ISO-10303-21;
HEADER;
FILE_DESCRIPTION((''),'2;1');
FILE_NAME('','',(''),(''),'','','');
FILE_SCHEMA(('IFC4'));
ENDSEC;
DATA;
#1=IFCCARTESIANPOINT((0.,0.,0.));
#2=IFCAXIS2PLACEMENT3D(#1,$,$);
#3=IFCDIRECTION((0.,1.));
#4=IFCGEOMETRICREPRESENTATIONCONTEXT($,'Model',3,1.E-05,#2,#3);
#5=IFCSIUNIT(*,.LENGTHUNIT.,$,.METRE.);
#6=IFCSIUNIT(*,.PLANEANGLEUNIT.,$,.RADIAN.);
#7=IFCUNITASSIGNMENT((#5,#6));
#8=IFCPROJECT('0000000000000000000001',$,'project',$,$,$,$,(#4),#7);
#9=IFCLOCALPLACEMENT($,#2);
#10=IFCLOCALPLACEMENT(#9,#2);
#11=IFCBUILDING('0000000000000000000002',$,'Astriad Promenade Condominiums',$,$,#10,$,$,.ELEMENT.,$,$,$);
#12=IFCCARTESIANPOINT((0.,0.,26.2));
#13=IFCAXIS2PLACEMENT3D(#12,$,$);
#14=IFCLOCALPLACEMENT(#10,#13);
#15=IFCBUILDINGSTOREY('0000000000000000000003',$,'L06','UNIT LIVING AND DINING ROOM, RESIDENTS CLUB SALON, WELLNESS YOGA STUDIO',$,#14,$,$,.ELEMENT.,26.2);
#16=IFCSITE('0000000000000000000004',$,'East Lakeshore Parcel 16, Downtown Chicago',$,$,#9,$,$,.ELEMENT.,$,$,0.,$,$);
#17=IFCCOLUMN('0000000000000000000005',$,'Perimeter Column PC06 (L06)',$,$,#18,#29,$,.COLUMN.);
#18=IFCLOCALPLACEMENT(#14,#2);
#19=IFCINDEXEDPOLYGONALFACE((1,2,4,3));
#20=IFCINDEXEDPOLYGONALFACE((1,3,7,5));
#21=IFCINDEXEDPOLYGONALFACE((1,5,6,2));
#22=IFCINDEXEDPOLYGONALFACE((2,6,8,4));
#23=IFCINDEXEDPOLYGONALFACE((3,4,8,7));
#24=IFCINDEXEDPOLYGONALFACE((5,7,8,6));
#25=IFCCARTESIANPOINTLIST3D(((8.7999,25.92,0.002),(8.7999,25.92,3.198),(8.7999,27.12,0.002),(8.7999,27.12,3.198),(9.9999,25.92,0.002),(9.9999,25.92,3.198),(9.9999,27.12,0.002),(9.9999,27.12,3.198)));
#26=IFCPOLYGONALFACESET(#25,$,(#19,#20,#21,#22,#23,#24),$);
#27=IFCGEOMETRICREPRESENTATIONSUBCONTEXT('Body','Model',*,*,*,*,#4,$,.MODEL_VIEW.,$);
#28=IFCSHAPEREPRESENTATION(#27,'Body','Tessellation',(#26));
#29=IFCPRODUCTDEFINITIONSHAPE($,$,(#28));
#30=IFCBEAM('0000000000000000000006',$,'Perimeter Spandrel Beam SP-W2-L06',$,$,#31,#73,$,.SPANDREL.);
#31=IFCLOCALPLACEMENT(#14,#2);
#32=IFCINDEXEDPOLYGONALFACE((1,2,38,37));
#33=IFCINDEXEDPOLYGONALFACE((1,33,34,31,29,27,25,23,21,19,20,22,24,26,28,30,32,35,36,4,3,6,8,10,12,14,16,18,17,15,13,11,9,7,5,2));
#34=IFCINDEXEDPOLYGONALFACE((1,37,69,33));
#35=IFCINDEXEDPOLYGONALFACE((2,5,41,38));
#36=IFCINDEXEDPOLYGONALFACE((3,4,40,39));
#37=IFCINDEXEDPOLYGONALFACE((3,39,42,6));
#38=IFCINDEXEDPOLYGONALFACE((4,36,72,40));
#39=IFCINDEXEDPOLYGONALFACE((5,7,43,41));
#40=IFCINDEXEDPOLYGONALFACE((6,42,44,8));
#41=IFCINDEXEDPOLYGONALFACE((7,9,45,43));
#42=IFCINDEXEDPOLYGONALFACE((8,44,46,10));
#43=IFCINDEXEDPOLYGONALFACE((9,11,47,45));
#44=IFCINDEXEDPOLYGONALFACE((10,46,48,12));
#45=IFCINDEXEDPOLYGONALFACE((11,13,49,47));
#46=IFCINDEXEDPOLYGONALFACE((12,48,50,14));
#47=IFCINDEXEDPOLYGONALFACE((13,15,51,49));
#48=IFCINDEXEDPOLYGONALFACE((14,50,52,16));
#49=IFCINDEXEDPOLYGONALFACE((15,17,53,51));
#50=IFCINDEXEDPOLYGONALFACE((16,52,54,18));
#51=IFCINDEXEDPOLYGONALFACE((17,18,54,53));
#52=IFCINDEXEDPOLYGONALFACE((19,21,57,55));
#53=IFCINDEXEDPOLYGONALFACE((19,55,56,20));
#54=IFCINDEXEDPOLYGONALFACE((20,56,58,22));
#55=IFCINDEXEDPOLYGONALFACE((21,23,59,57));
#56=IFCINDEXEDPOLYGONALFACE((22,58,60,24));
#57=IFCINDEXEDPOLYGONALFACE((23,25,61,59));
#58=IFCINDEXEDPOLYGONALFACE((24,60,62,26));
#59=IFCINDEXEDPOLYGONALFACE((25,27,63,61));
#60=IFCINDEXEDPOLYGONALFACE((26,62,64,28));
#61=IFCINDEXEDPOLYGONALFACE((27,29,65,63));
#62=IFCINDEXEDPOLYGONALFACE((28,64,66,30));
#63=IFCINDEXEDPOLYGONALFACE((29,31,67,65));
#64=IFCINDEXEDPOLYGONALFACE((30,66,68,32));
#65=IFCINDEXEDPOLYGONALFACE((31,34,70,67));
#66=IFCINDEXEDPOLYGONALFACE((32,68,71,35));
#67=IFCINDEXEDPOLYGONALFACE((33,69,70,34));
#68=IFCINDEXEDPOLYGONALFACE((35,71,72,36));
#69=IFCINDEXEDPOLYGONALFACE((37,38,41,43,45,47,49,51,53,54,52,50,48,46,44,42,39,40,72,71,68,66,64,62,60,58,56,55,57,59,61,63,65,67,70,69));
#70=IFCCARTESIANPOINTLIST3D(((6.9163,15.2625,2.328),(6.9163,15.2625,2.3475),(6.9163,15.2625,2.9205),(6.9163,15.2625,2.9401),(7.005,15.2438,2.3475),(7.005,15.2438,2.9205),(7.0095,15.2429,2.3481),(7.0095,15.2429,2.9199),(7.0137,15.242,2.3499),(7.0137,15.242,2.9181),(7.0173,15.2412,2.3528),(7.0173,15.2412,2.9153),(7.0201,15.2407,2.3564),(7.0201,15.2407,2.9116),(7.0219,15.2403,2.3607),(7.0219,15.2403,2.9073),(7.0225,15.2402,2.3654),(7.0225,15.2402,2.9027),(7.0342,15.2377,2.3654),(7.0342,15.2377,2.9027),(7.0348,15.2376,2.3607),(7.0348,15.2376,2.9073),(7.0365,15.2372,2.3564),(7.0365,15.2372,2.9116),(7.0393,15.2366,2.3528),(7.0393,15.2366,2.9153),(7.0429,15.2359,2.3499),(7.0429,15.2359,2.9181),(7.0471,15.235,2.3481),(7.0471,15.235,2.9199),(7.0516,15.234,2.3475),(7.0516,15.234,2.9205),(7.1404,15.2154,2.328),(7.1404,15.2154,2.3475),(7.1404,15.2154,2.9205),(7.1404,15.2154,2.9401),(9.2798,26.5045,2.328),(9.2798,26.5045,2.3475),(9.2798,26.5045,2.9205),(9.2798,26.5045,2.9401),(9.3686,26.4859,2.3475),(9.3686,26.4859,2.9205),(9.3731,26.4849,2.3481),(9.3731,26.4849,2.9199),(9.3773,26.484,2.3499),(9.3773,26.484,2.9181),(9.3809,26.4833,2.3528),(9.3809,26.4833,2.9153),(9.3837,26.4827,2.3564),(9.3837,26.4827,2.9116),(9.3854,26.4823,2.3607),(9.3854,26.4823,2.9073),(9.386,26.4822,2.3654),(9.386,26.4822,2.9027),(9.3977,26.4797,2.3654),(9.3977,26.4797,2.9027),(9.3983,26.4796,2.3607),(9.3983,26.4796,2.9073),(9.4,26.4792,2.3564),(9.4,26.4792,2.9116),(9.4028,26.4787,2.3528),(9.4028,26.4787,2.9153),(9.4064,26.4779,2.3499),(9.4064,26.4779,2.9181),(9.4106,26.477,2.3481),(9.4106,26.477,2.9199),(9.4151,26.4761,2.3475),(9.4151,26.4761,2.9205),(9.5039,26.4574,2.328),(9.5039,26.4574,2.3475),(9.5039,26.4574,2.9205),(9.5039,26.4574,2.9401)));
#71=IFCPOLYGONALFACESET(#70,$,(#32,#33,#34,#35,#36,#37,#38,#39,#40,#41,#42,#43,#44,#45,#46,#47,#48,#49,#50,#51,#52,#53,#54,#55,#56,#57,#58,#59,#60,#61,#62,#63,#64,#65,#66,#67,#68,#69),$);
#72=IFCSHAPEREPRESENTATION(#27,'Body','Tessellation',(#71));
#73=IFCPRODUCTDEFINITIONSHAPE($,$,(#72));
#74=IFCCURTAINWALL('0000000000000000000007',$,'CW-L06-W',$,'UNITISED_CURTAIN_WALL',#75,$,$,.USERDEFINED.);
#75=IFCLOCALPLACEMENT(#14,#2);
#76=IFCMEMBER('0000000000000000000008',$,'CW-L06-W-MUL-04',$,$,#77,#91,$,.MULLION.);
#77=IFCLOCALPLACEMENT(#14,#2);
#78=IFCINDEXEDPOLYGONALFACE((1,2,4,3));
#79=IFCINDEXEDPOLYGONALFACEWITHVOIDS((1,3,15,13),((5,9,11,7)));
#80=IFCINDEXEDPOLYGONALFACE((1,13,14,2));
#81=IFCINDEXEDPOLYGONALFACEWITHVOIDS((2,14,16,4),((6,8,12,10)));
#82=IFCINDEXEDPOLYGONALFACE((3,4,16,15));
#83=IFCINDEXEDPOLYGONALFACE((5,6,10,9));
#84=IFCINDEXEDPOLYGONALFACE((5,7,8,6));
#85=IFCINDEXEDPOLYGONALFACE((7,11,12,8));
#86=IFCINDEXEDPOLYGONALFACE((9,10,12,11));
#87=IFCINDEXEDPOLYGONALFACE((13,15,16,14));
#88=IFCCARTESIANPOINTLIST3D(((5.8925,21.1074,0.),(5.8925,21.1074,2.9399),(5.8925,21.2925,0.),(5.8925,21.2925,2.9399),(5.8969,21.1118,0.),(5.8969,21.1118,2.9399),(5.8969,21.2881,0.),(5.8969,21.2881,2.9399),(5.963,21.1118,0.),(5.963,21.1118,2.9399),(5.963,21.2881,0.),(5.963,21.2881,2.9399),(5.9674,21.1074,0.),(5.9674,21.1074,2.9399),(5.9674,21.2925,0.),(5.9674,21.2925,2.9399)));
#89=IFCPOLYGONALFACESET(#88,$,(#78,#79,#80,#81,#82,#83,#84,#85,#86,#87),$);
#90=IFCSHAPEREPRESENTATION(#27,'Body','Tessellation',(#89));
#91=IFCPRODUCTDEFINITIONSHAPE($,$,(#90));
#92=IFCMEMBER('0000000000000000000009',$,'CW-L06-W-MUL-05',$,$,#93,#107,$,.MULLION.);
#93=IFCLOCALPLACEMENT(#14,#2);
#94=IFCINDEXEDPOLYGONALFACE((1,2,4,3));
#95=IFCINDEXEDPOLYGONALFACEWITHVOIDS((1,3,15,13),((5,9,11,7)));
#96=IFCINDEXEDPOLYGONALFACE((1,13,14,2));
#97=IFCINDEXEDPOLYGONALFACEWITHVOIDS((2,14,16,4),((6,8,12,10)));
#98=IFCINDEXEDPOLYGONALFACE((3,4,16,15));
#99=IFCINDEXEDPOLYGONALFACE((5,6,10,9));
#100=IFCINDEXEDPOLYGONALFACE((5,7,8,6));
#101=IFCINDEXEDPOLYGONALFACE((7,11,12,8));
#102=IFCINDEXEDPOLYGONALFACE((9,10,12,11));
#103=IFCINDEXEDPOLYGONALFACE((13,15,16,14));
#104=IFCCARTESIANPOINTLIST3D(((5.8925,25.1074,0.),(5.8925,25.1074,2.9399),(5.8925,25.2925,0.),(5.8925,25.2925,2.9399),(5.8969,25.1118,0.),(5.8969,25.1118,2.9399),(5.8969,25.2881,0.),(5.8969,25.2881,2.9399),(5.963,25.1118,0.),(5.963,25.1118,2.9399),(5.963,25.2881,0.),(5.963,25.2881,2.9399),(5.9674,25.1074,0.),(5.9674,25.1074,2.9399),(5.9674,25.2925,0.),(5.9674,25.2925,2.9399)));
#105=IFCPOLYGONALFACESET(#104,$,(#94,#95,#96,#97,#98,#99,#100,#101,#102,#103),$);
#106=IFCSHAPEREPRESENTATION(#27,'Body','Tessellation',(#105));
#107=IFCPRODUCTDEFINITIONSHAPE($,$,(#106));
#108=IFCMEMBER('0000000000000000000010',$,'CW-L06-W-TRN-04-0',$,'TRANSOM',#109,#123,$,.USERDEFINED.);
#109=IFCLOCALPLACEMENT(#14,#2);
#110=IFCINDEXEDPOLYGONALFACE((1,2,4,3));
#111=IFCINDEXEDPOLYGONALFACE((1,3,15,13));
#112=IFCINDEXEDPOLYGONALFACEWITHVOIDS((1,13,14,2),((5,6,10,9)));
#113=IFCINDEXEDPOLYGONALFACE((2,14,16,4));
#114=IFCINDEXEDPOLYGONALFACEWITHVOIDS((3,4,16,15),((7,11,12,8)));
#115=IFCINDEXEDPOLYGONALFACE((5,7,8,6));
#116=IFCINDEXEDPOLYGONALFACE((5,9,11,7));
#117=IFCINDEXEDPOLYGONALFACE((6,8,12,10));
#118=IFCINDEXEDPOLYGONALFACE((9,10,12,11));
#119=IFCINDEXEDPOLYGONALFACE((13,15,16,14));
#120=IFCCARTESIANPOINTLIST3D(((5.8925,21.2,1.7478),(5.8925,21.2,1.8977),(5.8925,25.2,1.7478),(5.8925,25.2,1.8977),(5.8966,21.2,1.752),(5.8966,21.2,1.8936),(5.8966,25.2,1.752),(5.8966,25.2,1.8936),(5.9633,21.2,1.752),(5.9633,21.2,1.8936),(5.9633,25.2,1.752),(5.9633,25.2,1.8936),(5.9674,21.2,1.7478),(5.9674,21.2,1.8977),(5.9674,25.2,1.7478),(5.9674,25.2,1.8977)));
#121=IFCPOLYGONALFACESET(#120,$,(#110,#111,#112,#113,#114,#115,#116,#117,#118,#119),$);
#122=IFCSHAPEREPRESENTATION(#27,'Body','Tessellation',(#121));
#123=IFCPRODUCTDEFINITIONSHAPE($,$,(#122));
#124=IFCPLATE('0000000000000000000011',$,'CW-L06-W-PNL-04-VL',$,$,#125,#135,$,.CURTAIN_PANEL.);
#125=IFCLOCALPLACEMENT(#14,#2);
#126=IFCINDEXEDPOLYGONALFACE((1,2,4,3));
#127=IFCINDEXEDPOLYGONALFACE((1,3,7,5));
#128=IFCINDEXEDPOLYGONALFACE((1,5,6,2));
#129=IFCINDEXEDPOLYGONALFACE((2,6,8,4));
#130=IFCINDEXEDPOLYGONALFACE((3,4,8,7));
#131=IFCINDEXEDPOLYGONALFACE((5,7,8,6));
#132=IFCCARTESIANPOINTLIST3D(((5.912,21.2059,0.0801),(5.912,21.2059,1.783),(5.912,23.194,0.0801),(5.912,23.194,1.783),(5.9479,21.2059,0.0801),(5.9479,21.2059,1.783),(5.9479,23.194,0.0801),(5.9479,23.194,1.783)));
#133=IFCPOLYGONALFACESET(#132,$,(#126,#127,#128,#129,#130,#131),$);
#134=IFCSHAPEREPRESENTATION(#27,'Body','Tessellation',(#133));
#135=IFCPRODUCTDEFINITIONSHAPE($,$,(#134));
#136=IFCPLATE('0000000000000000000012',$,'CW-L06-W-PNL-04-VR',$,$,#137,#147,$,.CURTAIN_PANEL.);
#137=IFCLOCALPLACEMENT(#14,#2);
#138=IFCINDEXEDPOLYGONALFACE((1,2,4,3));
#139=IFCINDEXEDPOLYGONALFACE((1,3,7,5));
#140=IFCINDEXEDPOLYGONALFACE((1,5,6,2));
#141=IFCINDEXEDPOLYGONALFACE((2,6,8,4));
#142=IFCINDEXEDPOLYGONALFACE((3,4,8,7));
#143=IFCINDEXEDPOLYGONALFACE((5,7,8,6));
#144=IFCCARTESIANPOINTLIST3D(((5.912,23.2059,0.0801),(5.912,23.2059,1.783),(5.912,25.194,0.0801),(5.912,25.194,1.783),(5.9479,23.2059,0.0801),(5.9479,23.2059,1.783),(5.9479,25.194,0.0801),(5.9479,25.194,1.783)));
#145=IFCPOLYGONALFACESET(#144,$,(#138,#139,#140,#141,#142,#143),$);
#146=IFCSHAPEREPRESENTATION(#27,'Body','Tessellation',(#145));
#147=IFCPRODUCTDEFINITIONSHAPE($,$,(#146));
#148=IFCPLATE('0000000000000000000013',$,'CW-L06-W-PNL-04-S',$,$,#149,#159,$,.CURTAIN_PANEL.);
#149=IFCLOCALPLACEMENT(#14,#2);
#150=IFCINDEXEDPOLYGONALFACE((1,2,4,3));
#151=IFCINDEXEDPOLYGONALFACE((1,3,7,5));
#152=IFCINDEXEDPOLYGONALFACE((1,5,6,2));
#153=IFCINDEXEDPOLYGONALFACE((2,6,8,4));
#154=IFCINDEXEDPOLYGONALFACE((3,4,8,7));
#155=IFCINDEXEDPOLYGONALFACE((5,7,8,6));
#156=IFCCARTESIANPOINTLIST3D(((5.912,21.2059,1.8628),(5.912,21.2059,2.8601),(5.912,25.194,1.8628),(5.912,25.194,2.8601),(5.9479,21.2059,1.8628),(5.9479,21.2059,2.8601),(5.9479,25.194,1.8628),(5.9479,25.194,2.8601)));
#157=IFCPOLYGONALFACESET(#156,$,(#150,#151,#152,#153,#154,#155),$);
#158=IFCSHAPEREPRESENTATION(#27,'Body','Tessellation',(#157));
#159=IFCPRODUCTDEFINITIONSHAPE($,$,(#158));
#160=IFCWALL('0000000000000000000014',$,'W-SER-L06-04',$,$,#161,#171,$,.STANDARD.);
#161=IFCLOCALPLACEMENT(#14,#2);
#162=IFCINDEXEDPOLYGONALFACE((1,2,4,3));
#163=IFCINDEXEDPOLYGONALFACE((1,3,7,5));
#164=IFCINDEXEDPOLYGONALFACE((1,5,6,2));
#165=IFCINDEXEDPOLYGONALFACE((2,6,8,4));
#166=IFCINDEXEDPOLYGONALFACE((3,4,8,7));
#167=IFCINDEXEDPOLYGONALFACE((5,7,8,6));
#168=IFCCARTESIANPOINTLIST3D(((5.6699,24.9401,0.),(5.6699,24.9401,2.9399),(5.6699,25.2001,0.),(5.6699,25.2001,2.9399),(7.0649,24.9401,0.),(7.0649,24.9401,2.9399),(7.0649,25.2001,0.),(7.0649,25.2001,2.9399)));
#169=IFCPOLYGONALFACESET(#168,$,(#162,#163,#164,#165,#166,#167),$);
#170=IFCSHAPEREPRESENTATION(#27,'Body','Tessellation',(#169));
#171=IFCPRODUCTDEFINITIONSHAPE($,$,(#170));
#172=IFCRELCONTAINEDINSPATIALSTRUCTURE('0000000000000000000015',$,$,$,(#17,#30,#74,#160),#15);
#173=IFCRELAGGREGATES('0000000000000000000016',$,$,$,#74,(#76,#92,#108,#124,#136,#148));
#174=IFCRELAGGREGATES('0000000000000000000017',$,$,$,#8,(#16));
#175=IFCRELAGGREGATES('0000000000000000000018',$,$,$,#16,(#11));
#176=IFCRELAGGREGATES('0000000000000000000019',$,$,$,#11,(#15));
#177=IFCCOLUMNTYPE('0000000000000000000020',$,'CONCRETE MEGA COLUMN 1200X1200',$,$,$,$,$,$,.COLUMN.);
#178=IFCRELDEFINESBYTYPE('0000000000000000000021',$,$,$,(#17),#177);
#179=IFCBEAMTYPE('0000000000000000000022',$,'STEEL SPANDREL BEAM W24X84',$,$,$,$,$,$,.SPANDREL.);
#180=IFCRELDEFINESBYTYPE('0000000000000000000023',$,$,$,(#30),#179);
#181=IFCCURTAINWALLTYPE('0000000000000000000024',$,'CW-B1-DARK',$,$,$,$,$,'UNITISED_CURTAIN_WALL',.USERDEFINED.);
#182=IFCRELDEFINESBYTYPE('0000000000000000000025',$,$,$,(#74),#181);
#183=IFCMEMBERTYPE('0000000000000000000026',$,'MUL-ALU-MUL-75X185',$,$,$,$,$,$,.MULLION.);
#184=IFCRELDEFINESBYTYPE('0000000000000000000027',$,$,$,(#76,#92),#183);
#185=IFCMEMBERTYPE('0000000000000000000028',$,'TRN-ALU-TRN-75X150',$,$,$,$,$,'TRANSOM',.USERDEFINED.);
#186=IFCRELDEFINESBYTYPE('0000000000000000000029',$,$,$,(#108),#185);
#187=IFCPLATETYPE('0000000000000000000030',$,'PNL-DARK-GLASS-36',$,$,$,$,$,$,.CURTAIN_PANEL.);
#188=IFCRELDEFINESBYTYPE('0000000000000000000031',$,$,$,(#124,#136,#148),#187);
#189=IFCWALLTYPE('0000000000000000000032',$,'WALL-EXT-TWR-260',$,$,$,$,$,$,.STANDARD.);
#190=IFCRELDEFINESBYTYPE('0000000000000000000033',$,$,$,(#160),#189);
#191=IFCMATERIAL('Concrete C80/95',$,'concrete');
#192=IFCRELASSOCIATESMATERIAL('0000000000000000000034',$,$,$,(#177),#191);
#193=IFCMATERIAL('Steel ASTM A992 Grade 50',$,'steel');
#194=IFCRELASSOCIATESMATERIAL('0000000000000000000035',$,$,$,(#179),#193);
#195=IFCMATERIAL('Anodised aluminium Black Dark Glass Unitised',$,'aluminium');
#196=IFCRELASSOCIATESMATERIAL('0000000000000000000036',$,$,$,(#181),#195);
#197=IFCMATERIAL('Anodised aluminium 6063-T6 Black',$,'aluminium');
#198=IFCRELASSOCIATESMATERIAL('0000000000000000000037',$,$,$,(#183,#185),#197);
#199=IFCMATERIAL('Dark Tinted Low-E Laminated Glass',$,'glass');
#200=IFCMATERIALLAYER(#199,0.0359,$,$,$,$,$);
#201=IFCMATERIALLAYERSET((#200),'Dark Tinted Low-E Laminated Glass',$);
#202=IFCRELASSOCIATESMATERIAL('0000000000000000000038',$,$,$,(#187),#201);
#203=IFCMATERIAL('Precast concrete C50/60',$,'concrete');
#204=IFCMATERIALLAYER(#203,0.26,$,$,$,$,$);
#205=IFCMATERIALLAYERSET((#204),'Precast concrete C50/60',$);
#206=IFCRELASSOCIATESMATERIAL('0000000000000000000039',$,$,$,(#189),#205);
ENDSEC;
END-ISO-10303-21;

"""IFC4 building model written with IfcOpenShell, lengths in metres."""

from ifc_helpers import new_model, si_unit, direction, frame, frame_2d, origin, origin_2d, place, context, subcontext, project, spatial, rectangle, hollow_rectangle, i_section, extrude, source, transform, mapped, material, layer, layer_set, material_profile, profile_set, type_object, type_shapes, element, aggregate, save


model = new_model("IFC4")

# Units and contexts
model_context = context("Model", 3, precision=1e-05, world=origin(), true_north=direction((0.0, 1.0)))
body_context = subcontext(model_context, "Body", "Model", "MODEL_VIEW")
ifc_project = project(units=[si_unit("LENGTHUNIT", "METRE"), si_unit("PLANEANGLEUNIT", "RADIAN")], contexts=[model_context])

# Site, building, storey
site_placement = place(None, origin())
site = spatial("IfcSite", under=ifc_project, at=site_placement, Name="East Lakeshore Parcel 16, Downtown Chicago", CompositionType="ELEMENT", RefElevation=0.0)
building_placement = place(site_placement, origin())
building = spatial("IfcBuilding", under=site, at=building_placement, Name="Astriad Promenade Condominiums", CompositionType="ELEMENT")
storey_placement = place(building_placement, frame((0.0, 0.0, 26.2)))
storey = spatial("IfcBuildingStorey", under=building, at=storey_placement, Name="L06", Description="UNIT LIVING AND DINING ROOM, RESIDENTS CLUB SALON, WELLNESS YOGA STUDIO", CompositionType="ELEMENT", Elevation=26.2)

# Column
ifc_material_1 = material(Name="Concrete C80/95", Category="concrete")
ifc_material_profile_1 = material_profile(ifc_material_1, rectangle(XDim=1.2, YDim=1.2, at=origin_2d()), Name="RC-COL-1200X1200")
ifc_profile_set_1 = profile_set([ifc_material_profile_1], Name="Concrete C80/95")
column_type = type_object("IfcColumnType", Name="CONCRETE MEGA COLUMN 1200X1200", PredefinedType="COLUMN", material=ifc_profile_set_1)
shared_shape_1 = source(origin(), body_context, "Body", "SweptSolid", [
    extrude(rectangle(XDim=1.2, YDim=1.2, at=origin_2d()), origin(), (0.0, 0.0, 1.0), 3.196),
])
type_shapes(column_type, [shared_shape_1])
column_placement = place(storey_placement, frame((9.3999, 26.52, 0.002), z_axis=(0.0, 0.0, 1.0), x_axis=(1.0, 0.0, 0.0)))
element("IfcColumn", 1, at=column_placement, inside=storey, type_object=column_type, Name="Perimeter Column PC06 (L06)", PredefinedType="COLUMN", context=body_context, shape_type="MappedRepresentation", body=[
    mapped(shared_shape_1, transform((0.0, 0.0, 0.0), scale=1.0)),
])

# Beam
ifc_material_2 = material(Name="Steel ASTM A992 Grade 50", Category="steel")
ifc_material_profile_2 = material_profile(ifc_material_2, i_section(OverallWidth=0.229, OverallDepth=0.6121, WebThickness=0.012, FlangeThickness=0.0195, FilletRadius=0.0178, at=origin_2d()), Name="W24X84")
ifc_profile_set_2 = profile_set([ifc_material_profile_2], Name="Steel ASTM A992 Grade 50")
beam_type = type_object("IfcBeamType", Name="STEEL SPANDREL BEAM W24X84", PredefinedType="SPANDREL", material=ifc_profile_set_2)
shared_shape_2 = source(origin(), body_context, "Body", "SweptSolid", [
    extrude(i_section(OverallWidth=0.229, OverallDepth=0.6121, WebThickness=0.012, FlangeThickness=0.0195, FilletRadius=0.0178, at=origin_2d()), origin(), (0.0, 0.0, 1.0), 11.4878),
])
type_shapes(beam_type, [shared_shape_2])
beam_placement = place(storey_placement, frame((9.3918, 26.481, 2.634), z_axis=(-0.205744, -0.978606, 0.0), x_axis=(0.978606, -0.205744, 0.0)))
element("IfcBeam", 2, at=beam_placement, inside=storey, type_object=beam_type, Name="Perimeter Spandrel Beam SP-W2-L06", PredefinedType="SPANDREL", context=body_context, shape_type="MappedRepresentation", body=[
    mapped(shared_shape_2, transform((0.0, 0.0, 0.0), scale=1.0)),
])

# Curtain wall, members, plates
ifc_material_3 = material(Name="Anodised aluminium Black Dark Glass Unitised", Category="aluminium")
curtain_wall_type = type_object("IfcCurtainWallType", Name="CW-B1-DARK", ElementType="UNITISED_CURTAIN_WALL", PredefinedType="USERDEFINED", material=ifc_material_3)
curtain_wall_placement = place(storey_placement, origin())
curtain_wall = element("IfcCurtainWall", 3, at=curtain_wall_placement, inside=storey, type_object=curtain_wall_type, Name="CW-L06-W", ObjectType="UNITISED_CURTAIN_WALL", PredefinedType="USERDEFINED")
ifc_material_4 = material(Name="Anodised aluminium 6063-T6 Black", Category="aluminium")
ifc_material_profile_3 = material_profile(ifc_material_4, hollow_rectangle(XDim=0.075, YDim=0.1851, WallThickness=0.0044, at=origin_2d()), Name="ALU-MUL-75X185")
ifc_profile_set_3 = profile_set([ifc_material_profile_3], Name="Anodised aluminium 6063-T6 Black")
member_type_1 = type_object("IfcMemberType", Name="MUL-ALU-MUL-75X185", PredefinedType="MULLION", material=ifc_profile_set_3)
shared_shape_3 = source(origin(), body_context, "Body", "SweptSolid", [
    extrude(hollow_rectangle(XDim=0.075, YDim=0.1851, WallThickness=0.0044, at=origin_2d()), origin(), (0.0, 0.0, 1.0), 2.9399),
])
type_shapes(member_type_1, [shared_shape_3])
member_1_placement = place(storey_placement, frame((5.9299, 21.2, 0.0), z_axis=(0.0, 0.0, 1.0), x_axis=(1.0, 0.0, 0.0)))
member_1 = element("IfcMember", 4, at=member_1_placement, type_object=member_type_1, Name="CW-L06-W-MUL-04", PredefinedType="MULLION", context=body_context, shape_type="MappedRepresentation", body=[
    mapped(shared_shape_3, transform((0.0, 0.0, 0.0), scale=1.0)),
])
member_2_placement = place(storey_placement, frame((5.9299, 25.2, 0.0), z_axis=(0.0, 0.0, 1.0), x_axis=(1.0, 0.0, 0.0)))
member_2 = element("IfcMember", 5, at=member_2_placement, type_object=member_type_1, Name="CW-L06-W-MUL-05", PredefinedType="MULLION", context=body_context, shape_type="MappedRepresentation", body=[
    mapped(shared_shape_3, transform((0.0, 0.0, 0.0), scale=1.0)),
])
ifc_material_profile_4 = material_profile(ifc_material_4, hollow_rectangle(XDim=0.075, YDim=0.1499, WallThickness=0.0042, at=origin_2d()), Name="ALU-TRN-75X150")
ifc_profile_set_4 = profile_set([ifc_material_profile_4], Name="Anodised aluminium 6063-T6 Black")
member_type_2 = type_object("IfcMemberType", Name="TRN-ALU-TRN-75X150", ElementType="TRANSOM", PredefinedType="USERDEFINED", material=ifc_profile_set_4)
shared_shape_4 = source(origin(), body_context, "Body", "SweptSolid", [
    extrude(hollow_rectangle(XDim=0.075, YDim=0.1499, WallThickness=0.0042, at=origin_2d()), origin(), (0.0, 0.0, 1.0), 4.0),
])
type_shapes(member_type_2, [shared_shape_4])
member_3_placement = place(storey_placement, frame((5.9299, 21.2, 1.8228), z_axis=(0.0, 1.0, 0.0), x_axis=(-1.0, 0.0, 0.0)))
member_3 = element("IfcMember", 6, at=member_3_placement, type_object=member_type_2, Name="CW-L06-W-TRN-04-0", ObjectType="TRANSOM", PredefinedType="USERDEFINED", context=body_context, shape_type="MappedRepresentation", body=[
    mapped(shared_shape_4, transform((0.0, 0.0, 0.0), scale=1.0)),
])
ifc_material_5 = material(Name="Dark Tinted Low-E Laminated Glass", Category="glass")
ifc_layer_1 = layer(ifc_material_5, 0.0359)
ifc_layer_set_1 = layer_set([ifc_layer_1], Name="Dark Tinted Low-E Laminated Glass")
plate_type = type_object("IfcPlateType", Name="PNL-DARK-GLASS-36", PredefinedType="CURTAIN_PANEL", material=ifc_layer_set_1)
shared_shape_5 = source(origin(), body_context, "Body", "SweptSolid", [
    extrude(rectangle(XDim=1.988, YDim=0.0359, at=origin_2d()), origin(), (0.0, 0.0, 1.0), 1.7029),
])
plate_1_placement = place(storey_placement, frame((5.9299, 22.2, 0.0801), z_axis=(0.0, 0.0, 1.0), x_axis=(0.0, 1.0, 0.0)))
plate_1 = element("IfcPlate", 7, at=plate_1_placement, type_object=plate_type, Name="CW-L06-W-PNL-04-VL", PredefinedType="CURTAIN_PANEL", context=body_context, shape_type="MappedRepresentation", body=[
    mapped(shared_shape_5, transform((0.0, 0.0, 0.0), scale=1.0)),
])
plate_2_placement = place(storey_placement, frame((5.9299, 24.2, 0.0801), z_axis=(0.0, 0.0, 1.0), x_axis=(0.0, 1.0, 0.0)))
plate_2 = element("IfcPlate", 8, at=plate_2_placement, type_object=plate_type, Name="CW-L06-W-PNL-04-VR", PredefinedType="CURTAIN_PANEL", context=body_context, shape_type="MappedRepresentation", body=[
    mapped(shared_shape_5, transform((0.0, 0.0, 0.0), scale=1.0)),
])
shared_shape_6 = source(origin(), body_context, "Body", "SweptSolid", [
    extrude(rectangle(XDim=3.988, YDim=0.0359, at=origin_2d()), origin(), (0.0, 0.0, 1.0), 0.9973),
])
type_shapes(plate_type, [shared_shape_5, shared_shape_6])
plate_3_placement = place(storey_placement, frame((5.9299, 23.2, 1.8628), z_axis=(0.0, 0.0, 1.0), x_axis=(0.0, 1.0, 0.0)))
plate_3 = element("IfcPlate", 9, at=plate_3_placement, type_object=plate_type, Name="CW-L06-W-PNL-04-S", PredefinedType="CURTAIN_PANEL", context=body_context, shape_type="MappedRepresentation", body=[
    mapped(shared_shape_6, transform((0.0, 0.0, 0.0), scale=1.0)),
])
aggregate(curtain_wall, [member_1, member_2, member_3, plate_1, plate_2, plate_3])

# Wall
ifc_material_6 = material(Name="Precast concrete C50/60", Category="concrete")
ifc_layer_2 = layer(ifc_material_6, 0.26)
ifc_layer_set_2 = layer_set([ifc_layer_2], Name="Precast concrete C50/60")
wall_type_1 = type_object("IfcWallType", Name="WALL-EXT-TWR-260", PredefinedType="STANDARD", material=ifc_layer_set_2)
for number, where, z_axis, x_axis, name in (
    (10, (5.6699, 25.0701, 0.0), (0.0, 0.0, 1.0), (1.0, 0.0, 0.0), "W-SER-L06-04"),
):
    element("IfcWall", number, at=place(storey_placement, frame(where, z_axis=z_axis, x_axis=x_axis)), inside=storey, type_object=wall_type_1, Name=name, PredefinedType="STANDARD", context=body_context, shape_type="SweptSolid", body=[
        extrude(rectangle(XDim=1.395, YDim=0.26, at=frame_2d((0.6975, 0.0))), origin(), (0.0, 0.0, 1.0), 2.9399),
    ])

save(model, "model.ifc")
